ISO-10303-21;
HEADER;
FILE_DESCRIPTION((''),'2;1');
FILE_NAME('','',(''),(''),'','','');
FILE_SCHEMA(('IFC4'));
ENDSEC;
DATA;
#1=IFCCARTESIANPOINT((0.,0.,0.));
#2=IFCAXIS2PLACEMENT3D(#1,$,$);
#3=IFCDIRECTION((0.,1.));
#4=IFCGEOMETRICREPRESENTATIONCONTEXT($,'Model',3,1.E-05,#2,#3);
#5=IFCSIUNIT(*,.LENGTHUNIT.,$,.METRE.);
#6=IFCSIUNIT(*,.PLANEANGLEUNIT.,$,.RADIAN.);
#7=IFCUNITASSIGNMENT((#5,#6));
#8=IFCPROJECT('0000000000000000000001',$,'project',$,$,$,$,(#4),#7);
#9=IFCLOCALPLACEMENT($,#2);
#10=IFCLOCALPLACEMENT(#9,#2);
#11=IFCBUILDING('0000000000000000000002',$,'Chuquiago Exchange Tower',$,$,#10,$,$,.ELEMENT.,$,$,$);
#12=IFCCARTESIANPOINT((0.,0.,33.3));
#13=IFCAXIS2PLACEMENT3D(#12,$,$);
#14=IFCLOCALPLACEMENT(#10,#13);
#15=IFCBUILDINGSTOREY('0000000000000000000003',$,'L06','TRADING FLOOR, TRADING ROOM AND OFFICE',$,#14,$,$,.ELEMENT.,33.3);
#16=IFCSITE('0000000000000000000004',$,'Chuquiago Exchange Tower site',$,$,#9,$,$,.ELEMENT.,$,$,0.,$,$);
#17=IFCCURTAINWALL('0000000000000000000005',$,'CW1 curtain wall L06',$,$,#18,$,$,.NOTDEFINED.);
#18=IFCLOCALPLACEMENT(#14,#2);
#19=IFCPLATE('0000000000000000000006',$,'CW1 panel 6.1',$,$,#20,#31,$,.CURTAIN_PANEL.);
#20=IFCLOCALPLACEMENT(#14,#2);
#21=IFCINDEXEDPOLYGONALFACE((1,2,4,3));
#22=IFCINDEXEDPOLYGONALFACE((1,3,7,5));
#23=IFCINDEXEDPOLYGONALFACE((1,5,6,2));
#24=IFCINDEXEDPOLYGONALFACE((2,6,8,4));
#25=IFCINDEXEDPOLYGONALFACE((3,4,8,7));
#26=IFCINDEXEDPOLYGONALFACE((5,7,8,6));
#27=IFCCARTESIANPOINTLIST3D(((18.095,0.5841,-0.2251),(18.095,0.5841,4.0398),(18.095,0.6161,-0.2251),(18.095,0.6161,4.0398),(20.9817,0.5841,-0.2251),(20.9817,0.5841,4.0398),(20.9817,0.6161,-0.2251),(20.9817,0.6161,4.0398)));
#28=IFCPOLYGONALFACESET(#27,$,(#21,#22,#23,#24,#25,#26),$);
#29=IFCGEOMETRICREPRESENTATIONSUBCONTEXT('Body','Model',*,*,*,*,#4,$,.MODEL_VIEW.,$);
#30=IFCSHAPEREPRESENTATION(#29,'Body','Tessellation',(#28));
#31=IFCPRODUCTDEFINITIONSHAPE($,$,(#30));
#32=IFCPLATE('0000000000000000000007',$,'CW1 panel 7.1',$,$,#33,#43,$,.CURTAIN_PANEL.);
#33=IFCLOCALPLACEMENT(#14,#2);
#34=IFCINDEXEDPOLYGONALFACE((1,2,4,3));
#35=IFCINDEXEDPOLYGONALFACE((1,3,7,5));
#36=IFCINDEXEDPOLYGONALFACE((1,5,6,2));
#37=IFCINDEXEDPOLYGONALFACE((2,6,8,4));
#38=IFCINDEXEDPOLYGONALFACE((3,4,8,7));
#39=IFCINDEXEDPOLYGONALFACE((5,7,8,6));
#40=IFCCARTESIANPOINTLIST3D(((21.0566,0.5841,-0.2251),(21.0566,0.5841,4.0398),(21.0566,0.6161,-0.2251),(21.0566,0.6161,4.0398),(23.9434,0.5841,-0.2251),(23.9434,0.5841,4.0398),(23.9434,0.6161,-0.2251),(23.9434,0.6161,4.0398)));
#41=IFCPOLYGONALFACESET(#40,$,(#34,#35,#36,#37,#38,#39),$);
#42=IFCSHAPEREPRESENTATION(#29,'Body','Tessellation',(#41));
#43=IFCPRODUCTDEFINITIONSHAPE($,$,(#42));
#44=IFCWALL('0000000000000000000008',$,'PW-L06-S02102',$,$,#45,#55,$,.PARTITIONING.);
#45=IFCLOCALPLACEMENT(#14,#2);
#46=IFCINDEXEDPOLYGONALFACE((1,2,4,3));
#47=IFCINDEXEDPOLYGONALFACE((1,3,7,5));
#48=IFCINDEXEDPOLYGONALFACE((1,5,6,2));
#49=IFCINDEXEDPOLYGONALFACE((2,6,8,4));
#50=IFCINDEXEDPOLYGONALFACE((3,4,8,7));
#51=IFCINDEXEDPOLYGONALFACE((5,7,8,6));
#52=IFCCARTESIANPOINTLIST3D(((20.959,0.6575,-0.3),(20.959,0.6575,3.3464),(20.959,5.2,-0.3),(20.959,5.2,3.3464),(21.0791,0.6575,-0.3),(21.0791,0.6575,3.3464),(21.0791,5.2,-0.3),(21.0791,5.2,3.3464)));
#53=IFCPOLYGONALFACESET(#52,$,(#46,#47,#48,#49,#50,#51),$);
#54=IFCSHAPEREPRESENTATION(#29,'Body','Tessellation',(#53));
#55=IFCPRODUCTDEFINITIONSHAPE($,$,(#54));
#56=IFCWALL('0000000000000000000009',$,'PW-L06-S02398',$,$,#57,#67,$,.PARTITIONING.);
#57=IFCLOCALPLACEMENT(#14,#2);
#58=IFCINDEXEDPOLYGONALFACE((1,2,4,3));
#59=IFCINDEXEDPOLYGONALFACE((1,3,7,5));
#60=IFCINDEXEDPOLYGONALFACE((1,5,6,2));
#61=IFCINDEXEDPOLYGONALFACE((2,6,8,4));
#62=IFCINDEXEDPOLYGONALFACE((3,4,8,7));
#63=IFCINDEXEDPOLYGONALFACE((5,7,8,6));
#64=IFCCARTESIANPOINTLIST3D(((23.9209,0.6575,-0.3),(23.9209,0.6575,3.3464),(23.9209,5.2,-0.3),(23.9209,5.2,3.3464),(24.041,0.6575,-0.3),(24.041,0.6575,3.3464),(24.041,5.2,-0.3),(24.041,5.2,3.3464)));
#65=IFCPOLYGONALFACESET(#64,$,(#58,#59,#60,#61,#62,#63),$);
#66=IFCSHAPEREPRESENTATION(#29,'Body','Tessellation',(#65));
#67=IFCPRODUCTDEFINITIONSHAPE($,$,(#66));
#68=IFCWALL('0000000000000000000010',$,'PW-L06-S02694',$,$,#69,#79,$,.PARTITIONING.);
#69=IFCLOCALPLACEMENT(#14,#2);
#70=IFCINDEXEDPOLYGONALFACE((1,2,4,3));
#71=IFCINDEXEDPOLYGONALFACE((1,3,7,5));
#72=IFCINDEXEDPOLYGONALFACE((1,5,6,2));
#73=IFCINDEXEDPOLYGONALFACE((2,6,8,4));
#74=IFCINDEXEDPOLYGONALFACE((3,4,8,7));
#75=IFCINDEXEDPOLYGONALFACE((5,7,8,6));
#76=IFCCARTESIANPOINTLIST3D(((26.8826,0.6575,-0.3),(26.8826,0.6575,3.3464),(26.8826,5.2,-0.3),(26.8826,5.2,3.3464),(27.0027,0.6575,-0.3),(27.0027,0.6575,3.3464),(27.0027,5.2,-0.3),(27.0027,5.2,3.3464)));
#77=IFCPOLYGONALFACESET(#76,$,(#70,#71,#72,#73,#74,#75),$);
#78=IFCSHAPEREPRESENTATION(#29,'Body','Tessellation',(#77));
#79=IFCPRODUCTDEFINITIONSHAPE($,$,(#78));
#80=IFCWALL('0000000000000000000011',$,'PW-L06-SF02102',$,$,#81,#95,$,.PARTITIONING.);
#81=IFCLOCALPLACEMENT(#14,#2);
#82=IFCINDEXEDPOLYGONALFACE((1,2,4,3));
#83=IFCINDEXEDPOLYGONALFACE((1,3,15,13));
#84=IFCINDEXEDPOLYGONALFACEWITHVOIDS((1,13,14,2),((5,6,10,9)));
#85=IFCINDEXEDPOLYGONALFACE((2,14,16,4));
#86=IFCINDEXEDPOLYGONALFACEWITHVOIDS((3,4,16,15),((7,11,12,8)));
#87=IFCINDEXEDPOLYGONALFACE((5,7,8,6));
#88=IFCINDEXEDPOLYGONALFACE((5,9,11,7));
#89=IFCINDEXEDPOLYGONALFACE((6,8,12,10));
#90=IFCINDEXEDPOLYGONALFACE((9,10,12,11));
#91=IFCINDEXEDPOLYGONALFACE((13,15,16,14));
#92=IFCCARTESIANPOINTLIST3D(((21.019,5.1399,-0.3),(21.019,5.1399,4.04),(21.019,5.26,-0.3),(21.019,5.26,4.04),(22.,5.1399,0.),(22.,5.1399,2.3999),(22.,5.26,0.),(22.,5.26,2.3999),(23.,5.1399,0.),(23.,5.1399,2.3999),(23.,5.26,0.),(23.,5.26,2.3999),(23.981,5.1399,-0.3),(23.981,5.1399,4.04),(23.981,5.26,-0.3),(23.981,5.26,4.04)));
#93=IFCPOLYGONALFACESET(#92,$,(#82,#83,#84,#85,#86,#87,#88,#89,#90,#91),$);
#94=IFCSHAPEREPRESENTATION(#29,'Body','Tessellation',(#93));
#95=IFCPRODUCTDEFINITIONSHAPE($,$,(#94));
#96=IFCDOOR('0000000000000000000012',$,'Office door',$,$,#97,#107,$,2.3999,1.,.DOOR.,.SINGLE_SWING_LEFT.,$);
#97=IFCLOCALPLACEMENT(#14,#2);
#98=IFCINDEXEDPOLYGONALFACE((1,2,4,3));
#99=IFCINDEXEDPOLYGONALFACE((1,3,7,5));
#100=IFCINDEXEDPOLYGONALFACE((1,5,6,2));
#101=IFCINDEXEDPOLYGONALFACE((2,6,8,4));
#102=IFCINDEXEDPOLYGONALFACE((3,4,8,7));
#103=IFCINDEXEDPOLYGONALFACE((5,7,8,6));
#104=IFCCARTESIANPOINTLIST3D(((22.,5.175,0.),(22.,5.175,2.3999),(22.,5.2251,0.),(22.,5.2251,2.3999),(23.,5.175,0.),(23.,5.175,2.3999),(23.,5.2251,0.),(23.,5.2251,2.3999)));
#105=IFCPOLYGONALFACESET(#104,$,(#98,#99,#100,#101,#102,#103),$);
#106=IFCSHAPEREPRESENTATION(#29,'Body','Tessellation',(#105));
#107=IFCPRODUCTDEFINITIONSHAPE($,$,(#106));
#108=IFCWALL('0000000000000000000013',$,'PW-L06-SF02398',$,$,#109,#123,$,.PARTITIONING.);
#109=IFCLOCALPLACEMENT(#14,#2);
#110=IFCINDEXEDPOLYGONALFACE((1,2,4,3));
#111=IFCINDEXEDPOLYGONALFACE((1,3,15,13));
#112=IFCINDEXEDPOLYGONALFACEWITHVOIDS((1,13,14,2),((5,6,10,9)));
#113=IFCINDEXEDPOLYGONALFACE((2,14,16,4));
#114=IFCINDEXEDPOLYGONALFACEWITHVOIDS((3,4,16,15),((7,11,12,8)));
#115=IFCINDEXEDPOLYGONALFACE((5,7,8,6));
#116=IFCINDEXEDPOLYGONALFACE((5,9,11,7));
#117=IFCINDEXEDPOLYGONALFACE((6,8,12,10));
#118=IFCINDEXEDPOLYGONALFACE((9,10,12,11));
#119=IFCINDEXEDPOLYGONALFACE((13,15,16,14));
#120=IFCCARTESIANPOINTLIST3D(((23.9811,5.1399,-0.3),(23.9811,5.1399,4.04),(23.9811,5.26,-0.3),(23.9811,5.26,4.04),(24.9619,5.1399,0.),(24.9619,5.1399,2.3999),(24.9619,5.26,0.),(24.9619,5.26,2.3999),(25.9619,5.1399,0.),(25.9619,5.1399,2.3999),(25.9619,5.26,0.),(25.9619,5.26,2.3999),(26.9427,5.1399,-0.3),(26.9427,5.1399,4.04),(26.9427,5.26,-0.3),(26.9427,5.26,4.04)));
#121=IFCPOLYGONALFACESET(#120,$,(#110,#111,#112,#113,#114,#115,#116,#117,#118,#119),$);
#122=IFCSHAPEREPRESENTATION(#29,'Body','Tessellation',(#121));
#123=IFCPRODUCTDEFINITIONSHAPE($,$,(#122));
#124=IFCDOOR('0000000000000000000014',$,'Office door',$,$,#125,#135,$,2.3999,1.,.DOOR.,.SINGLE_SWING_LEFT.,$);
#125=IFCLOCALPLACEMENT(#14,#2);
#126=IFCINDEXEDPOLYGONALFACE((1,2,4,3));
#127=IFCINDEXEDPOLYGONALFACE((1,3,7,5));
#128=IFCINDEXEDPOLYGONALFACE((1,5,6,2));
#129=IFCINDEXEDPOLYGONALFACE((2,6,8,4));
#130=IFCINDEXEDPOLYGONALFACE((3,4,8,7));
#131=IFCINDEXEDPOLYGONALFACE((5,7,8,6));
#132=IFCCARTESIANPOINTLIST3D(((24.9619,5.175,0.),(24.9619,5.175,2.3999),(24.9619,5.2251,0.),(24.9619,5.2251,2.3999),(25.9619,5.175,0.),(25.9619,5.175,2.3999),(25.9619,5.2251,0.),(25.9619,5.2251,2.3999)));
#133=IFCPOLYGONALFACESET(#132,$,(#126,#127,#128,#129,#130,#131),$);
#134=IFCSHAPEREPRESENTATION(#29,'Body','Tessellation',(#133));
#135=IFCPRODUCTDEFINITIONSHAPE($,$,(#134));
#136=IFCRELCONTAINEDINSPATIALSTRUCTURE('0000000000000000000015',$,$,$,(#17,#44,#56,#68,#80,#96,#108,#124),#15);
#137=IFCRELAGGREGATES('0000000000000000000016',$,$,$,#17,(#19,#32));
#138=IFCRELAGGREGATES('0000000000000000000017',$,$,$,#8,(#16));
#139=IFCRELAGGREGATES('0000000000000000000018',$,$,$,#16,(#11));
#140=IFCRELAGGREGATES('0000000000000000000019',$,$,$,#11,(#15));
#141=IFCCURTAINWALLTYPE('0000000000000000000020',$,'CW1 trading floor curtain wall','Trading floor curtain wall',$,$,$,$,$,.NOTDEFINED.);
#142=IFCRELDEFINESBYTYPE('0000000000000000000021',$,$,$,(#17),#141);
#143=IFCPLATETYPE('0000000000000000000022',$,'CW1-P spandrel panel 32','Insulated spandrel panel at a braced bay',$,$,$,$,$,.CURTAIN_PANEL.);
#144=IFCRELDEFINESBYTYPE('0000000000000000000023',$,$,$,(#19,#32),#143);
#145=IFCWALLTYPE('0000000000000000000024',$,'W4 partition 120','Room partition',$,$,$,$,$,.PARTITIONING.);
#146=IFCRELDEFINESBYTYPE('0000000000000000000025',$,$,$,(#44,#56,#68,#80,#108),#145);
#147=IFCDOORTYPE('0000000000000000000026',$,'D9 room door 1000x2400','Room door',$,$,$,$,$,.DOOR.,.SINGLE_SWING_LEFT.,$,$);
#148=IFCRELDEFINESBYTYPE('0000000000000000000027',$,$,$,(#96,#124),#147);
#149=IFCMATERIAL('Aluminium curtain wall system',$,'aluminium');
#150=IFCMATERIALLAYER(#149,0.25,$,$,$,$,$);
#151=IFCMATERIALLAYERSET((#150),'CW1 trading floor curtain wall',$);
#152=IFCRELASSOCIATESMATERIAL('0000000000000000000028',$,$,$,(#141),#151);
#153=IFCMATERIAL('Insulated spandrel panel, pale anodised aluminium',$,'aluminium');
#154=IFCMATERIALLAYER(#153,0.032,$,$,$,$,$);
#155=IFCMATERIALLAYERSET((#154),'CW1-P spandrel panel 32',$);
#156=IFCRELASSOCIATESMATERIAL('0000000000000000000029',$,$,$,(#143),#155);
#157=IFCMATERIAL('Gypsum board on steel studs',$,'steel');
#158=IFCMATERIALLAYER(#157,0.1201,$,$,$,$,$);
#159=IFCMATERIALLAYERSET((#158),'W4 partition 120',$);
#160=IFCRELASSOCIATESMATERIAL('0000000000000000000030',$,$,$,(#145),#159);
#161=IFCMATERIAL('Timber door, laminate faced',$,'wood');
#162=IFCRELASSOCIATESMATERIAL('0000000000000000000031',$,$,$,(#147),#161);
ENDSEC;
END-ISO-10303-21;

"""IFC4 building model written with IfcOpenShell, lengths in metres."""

from ifc_helpers import new_model, si_unit, direction, frame, frame_2d, origin, origin_2d, place, context, subcontext, project, spatial, rectangle, extrude, material, layer, layer_set, type_object, element, fill, aggregate, save


model = new_model("IFC4")

# Units and contexts
model_context = context("Model", 3, precision=1e-05, world=origin(), true_north=direction((0.0, 1.0)))
body_context = subcontext(model_context, "Body", "Model", "MODEL_VIEW")
ifc_project = project(units=[si_unit("LENGTHUNIT", "METRE"), si_unit("PLANEANGLEUNIT", "RADIAN")], contexts=[model_context])

# Site, building, storey
site_placement = place(None, origin())
site = spatial("IfcSite", under=ifc_project, at=site_placement, Name="Chuquiago Exchange Tower site", CompositionType="ELEMENT", RefElevation=0.0)
building_placement = place(site_placement, origin())
building = spatial("IfcBuilding", under=site, at=building_placement, Name="Chuquiago Exchange Tower", CompositionType="ELEMENT")
storey_placement = place(building_placement, frame((0.0, 0.0, 33.3)))
storey = spatial("IfcBuildingStorey", under=building, at=storey_placement, Name="L06", Description="TRADING FLOOR, TRADING ROOM AND OFFICE", CompositionType="ELEMENT", Elevation=33.3)

# Curtain wall
ifc_material_1 = material(Name="Aluminium curtain wall system", Category="aluminium")
ifc_layer_1 = layer(ifc_material_1, 0.25)
ifc_layer_set_1 = layer_set([ifc_layer_1], Name="CW1 trading floor curtain wall")
curtain_wall_type = type_object("IfcCurtainWallType", Name="CW1 trading floor curtain wall", Description="Trading floor curtain wall", PredefinedType="NOTDEFINED", material=ifc_layer_set_1)
curtain_wall_placement = place(storey_placement, origin())
curtain_wall = element("IfcCurtainWall", 1, at=curtain_wall_placement, inside=storey, type_object=curtain_wall_type, Name="CW1 curtain wall L06", PredefinedType="NOTDEFINED")

# Plates
ifc_material_2 = material(Name="Insulated spandrel panel, pale anodised aluminium", Category="aluminium")
ifc_layer_2 = layer(ifc_material_2, 0.032)
ifc_layer_set_2 = layer_set([ifc_layer_2], Name="CW1-P spandrel panel 32")
plate_type_1 = type_object("IfcPlateType", Name="CW1-P spandrel panel 32", Description="Insulated spandrel panel at a braced bay", PredefinedType="CURTAIN_PANEL", material=ifc_layer_set_2)
plate_1_placement = place(storey_placement, frame((19.5383, 0.6001, -0.2251), z_axis=(0.0, 0.0, 1.0), x_axis=(1.0, 0.0, 0.0)))
plate_1 = element("IfcPlate", 2, at=plate_1_placement, type_object=plate_type_1, Name="CW1 panel 6.1", PredefinedType="CURTAIN_PANEL", context=body_context, shape_type="SweptSolid", body=[
    extrude(rectangle(XDim=2.8867, YDim=0.032, at=origin_2d()), origin(), (0.0, 0.0, 1.0), 4.2649),
])
plate_2_placement = place(storey_placement, frame((22.5, 0.6001, -0.2251), z_axis=(0.0, 0.0, 1.0), x_axis=(1.0, 0.0, 0.0)))
plate_2 = element("IfcPlate", 3, at=plate_2_placement, type_object=plate_type_1, Name="CW1 panel 7.1", PredefinedType="CURTAIN_PANEL", context=body_context, shape_type="SweptSolid", body=[
    extrude(rectangle(XDim=2.8867, YDim=0.032, at=origin_2d()), origin(), (0.0, 0.0, 1.0), 4.2649),
])
aggregate(curtain_wall, [plate_1, plate_2])

# Walls
ifc_material_3 = material(Name="Gypsum board on steel studs", Category="steel")
ifc_layer_3 = layer(ifc_material_3, 0.1201)
ifc_layer_set_3 = layer_set([ifc_layer_3], Name="W4 partition 120")
wall_type = type_object("IfcWallType", Name="W4 partition 120", Description="Room partition", PredefinedType="PARTITIONING", material=ifc_layer_set_3)
for number, where, z_axis, x_axis, name in (
    (4, (21.019, 0.6575, -0.3), (0.0, 0.0, 1.0), (0.0, 1.0, 0.0), "PW-L06-S02102"),
    (5, (23.981, 0.6575, -0.3), (0.0, 0.0, 1.0), (0.0, 1.0, 0.0), "PW-L06-S02398"),
    (6, (26.9426, 0.6575, -0.3), (0.0, 0.0, 1.0), (0.0, 1.0, 0.0), "PW-L06-S02694"),
):
    element("IfcWall", number, at=place(storey_placement, frame(where, z_axis=z_axis, x_axis=x_axis)), inside=storey, type_object=wall_type, Name=name, PredefinedType="PARTITIONING", context=body_context, shape_type="SweptSolid", body=[
        extrude(rectangle(XDim=4.5425, YDim=0.1201, at=frame_2d((2.2712, 0.0))), origin(), (0.0, 0.0, 1.0), 3.6465),
    ])

# Walls, openings, doors
wall_1_placement = place(storey_placement, frame((21.019, 5.2, -0.3), z_axis=(0.0, 0.0, 1.0), x_axis=(1.0, 0.0, 0.0)))
wall_1 = element("IfcWall", 7, at=wall_1_placement, inside=storey, type_object=wall_type, Name="PW-L06-SF02102", PredefinedType="PARTITIONING", context=body_context, shape_type="SweptSolid", body=[
    extrude(rectangle(XDim=2.9619, YDim=0.1201, at=frame_2d((1.481, 0.0))), origin(), (0.0, 0.0, 1.0), 4.3401),
])
opening_1_placement = place(wall_1_placement, frame((0.981, 0.0, 0.3)))
opening_1 = element("IfcOpeningElement", 8, at=opening_1_placement, cuts=wall_1, PredefinedType="OPENING", context=body_context, shape_type="SweptSolid", body=[
    extrude(rectangle(XDim=1.0, YDim=2.3999, at=frame_2d((0.5, 1.2))), frame((0.0, 0.0701, 0.0), z_axis=(0.0, -1.0, 0.0), x_axis=(1.0, 0.0, 0.0)), (0.0, 0.0, 1.0), 0.1401),
])
ifc_material_4 = material(Name="Timber door, laminate faced", Category="wood")
door_type = type_object("IfcDoorType", Name="D9 room door 1000x2400", Description="Room door", OperationType="SINGLE_SWING_LEFT", PredefinedType="DOOR", material=ifc_material_4)
door_1_placement = place(opening_1_placement, frame((1.0, 0.0, 0.0), z_axis=(0.0, 0.0, 1.0), x_axis=(-1.0, 0.0, 0.0)))
door_1 = element("IfcDoor", 9, at=door_1_placement, inside=storey, type_object=door_type, Name="Office door", OperationType="SINGLE_SWING_LEFT", OverallHeight=2.3999, OverallWidth=1.0, PredefinedType="DOOR", context=body_context, shape_type="SweptSolid", body=[
    extrude(rectangle(XDim=1.0, YDim=2.3999, at=frame_2d((0.5, 1.2))), frame((0.0, 0.0249, 0.0), z_axis=(0.0, -1.0, 0.0), x_axis=(1.0, 0.0, 0.0)), (0.0, 0.0, 1.0), 0.05),
])
fill(opening_1, door_1)
wall_2_placement = place(storey_placement, frame((23.981, 5.2, -0.3), z_axis=(0.0, 0.0, 1.0), x_axis=(1.0, 0.0, 0.0)))
wall_2 = element("IfcWall", 10, at=wall_2_placement, inside=storey, type_object=wall_type, Name="PW-L06-SF02398", PredefinedType="PARTITIONING", context=body_context, shape_type="SweptSolid", body=[
    extrude(rectangle(XDim=2.9617, YDim=0.1201, at=frame_2d((1.481, 0.0))), origin(), (0.0, 0.0, 1.0), 4.3401),
])
opening_2_placement = place(wall_2_placement, frame((0.981, 0.0, 0.3)))
opening_2 = element("IfcOpeningElement", 11, at=opening_2_placement, cuts=wall_2, PredefinedType="OPENING", context=body_context, shape_type="SweptSolid", body=[
    extrude(rectangle(XDim=1.0, YDim=2.3999, at=frame_2d((0.5, 1.2))), frame((0.0, 0.0701, 0.0), z_axis=(0.0, -1.0, 0.0), x_axis=(1.0, 0.0, 0.0)), (0.0, 0.0, 1.0), 0.1401),
])
door_2_placement = place(opening_2_placement, frame((1.0, 0.0, 0.0), z_axis=(0.0, 0.0, 1.0), x_axis=(-1.0, 0.0, 0.0)))
door_2 = element("IfcDoor", 12, at=door_2_placement, inside=storey, type_object=door_type, Name="Office door", OperationType="SINGLE_SWING_LEFT", OverallHeight=2.3999, OverallWidth=1.0, PredefinedType="DOOR", context=body_context, shape_type="SweptSolid", body=[
    extrude(rectangle(XDim=1.0, YDim=2.3999, at=frame_2d((0.5, 1.2))), frame((0.0, 0.0249, 0.0), z_axis=(0.0, -1.0, 0.0), x_axis=(1.0, 0.0, 0.0)), (0.0, 0.0, 1.0), 0.05),
])
fill(opening_2, door_2)

save(model, "model.ifc")
